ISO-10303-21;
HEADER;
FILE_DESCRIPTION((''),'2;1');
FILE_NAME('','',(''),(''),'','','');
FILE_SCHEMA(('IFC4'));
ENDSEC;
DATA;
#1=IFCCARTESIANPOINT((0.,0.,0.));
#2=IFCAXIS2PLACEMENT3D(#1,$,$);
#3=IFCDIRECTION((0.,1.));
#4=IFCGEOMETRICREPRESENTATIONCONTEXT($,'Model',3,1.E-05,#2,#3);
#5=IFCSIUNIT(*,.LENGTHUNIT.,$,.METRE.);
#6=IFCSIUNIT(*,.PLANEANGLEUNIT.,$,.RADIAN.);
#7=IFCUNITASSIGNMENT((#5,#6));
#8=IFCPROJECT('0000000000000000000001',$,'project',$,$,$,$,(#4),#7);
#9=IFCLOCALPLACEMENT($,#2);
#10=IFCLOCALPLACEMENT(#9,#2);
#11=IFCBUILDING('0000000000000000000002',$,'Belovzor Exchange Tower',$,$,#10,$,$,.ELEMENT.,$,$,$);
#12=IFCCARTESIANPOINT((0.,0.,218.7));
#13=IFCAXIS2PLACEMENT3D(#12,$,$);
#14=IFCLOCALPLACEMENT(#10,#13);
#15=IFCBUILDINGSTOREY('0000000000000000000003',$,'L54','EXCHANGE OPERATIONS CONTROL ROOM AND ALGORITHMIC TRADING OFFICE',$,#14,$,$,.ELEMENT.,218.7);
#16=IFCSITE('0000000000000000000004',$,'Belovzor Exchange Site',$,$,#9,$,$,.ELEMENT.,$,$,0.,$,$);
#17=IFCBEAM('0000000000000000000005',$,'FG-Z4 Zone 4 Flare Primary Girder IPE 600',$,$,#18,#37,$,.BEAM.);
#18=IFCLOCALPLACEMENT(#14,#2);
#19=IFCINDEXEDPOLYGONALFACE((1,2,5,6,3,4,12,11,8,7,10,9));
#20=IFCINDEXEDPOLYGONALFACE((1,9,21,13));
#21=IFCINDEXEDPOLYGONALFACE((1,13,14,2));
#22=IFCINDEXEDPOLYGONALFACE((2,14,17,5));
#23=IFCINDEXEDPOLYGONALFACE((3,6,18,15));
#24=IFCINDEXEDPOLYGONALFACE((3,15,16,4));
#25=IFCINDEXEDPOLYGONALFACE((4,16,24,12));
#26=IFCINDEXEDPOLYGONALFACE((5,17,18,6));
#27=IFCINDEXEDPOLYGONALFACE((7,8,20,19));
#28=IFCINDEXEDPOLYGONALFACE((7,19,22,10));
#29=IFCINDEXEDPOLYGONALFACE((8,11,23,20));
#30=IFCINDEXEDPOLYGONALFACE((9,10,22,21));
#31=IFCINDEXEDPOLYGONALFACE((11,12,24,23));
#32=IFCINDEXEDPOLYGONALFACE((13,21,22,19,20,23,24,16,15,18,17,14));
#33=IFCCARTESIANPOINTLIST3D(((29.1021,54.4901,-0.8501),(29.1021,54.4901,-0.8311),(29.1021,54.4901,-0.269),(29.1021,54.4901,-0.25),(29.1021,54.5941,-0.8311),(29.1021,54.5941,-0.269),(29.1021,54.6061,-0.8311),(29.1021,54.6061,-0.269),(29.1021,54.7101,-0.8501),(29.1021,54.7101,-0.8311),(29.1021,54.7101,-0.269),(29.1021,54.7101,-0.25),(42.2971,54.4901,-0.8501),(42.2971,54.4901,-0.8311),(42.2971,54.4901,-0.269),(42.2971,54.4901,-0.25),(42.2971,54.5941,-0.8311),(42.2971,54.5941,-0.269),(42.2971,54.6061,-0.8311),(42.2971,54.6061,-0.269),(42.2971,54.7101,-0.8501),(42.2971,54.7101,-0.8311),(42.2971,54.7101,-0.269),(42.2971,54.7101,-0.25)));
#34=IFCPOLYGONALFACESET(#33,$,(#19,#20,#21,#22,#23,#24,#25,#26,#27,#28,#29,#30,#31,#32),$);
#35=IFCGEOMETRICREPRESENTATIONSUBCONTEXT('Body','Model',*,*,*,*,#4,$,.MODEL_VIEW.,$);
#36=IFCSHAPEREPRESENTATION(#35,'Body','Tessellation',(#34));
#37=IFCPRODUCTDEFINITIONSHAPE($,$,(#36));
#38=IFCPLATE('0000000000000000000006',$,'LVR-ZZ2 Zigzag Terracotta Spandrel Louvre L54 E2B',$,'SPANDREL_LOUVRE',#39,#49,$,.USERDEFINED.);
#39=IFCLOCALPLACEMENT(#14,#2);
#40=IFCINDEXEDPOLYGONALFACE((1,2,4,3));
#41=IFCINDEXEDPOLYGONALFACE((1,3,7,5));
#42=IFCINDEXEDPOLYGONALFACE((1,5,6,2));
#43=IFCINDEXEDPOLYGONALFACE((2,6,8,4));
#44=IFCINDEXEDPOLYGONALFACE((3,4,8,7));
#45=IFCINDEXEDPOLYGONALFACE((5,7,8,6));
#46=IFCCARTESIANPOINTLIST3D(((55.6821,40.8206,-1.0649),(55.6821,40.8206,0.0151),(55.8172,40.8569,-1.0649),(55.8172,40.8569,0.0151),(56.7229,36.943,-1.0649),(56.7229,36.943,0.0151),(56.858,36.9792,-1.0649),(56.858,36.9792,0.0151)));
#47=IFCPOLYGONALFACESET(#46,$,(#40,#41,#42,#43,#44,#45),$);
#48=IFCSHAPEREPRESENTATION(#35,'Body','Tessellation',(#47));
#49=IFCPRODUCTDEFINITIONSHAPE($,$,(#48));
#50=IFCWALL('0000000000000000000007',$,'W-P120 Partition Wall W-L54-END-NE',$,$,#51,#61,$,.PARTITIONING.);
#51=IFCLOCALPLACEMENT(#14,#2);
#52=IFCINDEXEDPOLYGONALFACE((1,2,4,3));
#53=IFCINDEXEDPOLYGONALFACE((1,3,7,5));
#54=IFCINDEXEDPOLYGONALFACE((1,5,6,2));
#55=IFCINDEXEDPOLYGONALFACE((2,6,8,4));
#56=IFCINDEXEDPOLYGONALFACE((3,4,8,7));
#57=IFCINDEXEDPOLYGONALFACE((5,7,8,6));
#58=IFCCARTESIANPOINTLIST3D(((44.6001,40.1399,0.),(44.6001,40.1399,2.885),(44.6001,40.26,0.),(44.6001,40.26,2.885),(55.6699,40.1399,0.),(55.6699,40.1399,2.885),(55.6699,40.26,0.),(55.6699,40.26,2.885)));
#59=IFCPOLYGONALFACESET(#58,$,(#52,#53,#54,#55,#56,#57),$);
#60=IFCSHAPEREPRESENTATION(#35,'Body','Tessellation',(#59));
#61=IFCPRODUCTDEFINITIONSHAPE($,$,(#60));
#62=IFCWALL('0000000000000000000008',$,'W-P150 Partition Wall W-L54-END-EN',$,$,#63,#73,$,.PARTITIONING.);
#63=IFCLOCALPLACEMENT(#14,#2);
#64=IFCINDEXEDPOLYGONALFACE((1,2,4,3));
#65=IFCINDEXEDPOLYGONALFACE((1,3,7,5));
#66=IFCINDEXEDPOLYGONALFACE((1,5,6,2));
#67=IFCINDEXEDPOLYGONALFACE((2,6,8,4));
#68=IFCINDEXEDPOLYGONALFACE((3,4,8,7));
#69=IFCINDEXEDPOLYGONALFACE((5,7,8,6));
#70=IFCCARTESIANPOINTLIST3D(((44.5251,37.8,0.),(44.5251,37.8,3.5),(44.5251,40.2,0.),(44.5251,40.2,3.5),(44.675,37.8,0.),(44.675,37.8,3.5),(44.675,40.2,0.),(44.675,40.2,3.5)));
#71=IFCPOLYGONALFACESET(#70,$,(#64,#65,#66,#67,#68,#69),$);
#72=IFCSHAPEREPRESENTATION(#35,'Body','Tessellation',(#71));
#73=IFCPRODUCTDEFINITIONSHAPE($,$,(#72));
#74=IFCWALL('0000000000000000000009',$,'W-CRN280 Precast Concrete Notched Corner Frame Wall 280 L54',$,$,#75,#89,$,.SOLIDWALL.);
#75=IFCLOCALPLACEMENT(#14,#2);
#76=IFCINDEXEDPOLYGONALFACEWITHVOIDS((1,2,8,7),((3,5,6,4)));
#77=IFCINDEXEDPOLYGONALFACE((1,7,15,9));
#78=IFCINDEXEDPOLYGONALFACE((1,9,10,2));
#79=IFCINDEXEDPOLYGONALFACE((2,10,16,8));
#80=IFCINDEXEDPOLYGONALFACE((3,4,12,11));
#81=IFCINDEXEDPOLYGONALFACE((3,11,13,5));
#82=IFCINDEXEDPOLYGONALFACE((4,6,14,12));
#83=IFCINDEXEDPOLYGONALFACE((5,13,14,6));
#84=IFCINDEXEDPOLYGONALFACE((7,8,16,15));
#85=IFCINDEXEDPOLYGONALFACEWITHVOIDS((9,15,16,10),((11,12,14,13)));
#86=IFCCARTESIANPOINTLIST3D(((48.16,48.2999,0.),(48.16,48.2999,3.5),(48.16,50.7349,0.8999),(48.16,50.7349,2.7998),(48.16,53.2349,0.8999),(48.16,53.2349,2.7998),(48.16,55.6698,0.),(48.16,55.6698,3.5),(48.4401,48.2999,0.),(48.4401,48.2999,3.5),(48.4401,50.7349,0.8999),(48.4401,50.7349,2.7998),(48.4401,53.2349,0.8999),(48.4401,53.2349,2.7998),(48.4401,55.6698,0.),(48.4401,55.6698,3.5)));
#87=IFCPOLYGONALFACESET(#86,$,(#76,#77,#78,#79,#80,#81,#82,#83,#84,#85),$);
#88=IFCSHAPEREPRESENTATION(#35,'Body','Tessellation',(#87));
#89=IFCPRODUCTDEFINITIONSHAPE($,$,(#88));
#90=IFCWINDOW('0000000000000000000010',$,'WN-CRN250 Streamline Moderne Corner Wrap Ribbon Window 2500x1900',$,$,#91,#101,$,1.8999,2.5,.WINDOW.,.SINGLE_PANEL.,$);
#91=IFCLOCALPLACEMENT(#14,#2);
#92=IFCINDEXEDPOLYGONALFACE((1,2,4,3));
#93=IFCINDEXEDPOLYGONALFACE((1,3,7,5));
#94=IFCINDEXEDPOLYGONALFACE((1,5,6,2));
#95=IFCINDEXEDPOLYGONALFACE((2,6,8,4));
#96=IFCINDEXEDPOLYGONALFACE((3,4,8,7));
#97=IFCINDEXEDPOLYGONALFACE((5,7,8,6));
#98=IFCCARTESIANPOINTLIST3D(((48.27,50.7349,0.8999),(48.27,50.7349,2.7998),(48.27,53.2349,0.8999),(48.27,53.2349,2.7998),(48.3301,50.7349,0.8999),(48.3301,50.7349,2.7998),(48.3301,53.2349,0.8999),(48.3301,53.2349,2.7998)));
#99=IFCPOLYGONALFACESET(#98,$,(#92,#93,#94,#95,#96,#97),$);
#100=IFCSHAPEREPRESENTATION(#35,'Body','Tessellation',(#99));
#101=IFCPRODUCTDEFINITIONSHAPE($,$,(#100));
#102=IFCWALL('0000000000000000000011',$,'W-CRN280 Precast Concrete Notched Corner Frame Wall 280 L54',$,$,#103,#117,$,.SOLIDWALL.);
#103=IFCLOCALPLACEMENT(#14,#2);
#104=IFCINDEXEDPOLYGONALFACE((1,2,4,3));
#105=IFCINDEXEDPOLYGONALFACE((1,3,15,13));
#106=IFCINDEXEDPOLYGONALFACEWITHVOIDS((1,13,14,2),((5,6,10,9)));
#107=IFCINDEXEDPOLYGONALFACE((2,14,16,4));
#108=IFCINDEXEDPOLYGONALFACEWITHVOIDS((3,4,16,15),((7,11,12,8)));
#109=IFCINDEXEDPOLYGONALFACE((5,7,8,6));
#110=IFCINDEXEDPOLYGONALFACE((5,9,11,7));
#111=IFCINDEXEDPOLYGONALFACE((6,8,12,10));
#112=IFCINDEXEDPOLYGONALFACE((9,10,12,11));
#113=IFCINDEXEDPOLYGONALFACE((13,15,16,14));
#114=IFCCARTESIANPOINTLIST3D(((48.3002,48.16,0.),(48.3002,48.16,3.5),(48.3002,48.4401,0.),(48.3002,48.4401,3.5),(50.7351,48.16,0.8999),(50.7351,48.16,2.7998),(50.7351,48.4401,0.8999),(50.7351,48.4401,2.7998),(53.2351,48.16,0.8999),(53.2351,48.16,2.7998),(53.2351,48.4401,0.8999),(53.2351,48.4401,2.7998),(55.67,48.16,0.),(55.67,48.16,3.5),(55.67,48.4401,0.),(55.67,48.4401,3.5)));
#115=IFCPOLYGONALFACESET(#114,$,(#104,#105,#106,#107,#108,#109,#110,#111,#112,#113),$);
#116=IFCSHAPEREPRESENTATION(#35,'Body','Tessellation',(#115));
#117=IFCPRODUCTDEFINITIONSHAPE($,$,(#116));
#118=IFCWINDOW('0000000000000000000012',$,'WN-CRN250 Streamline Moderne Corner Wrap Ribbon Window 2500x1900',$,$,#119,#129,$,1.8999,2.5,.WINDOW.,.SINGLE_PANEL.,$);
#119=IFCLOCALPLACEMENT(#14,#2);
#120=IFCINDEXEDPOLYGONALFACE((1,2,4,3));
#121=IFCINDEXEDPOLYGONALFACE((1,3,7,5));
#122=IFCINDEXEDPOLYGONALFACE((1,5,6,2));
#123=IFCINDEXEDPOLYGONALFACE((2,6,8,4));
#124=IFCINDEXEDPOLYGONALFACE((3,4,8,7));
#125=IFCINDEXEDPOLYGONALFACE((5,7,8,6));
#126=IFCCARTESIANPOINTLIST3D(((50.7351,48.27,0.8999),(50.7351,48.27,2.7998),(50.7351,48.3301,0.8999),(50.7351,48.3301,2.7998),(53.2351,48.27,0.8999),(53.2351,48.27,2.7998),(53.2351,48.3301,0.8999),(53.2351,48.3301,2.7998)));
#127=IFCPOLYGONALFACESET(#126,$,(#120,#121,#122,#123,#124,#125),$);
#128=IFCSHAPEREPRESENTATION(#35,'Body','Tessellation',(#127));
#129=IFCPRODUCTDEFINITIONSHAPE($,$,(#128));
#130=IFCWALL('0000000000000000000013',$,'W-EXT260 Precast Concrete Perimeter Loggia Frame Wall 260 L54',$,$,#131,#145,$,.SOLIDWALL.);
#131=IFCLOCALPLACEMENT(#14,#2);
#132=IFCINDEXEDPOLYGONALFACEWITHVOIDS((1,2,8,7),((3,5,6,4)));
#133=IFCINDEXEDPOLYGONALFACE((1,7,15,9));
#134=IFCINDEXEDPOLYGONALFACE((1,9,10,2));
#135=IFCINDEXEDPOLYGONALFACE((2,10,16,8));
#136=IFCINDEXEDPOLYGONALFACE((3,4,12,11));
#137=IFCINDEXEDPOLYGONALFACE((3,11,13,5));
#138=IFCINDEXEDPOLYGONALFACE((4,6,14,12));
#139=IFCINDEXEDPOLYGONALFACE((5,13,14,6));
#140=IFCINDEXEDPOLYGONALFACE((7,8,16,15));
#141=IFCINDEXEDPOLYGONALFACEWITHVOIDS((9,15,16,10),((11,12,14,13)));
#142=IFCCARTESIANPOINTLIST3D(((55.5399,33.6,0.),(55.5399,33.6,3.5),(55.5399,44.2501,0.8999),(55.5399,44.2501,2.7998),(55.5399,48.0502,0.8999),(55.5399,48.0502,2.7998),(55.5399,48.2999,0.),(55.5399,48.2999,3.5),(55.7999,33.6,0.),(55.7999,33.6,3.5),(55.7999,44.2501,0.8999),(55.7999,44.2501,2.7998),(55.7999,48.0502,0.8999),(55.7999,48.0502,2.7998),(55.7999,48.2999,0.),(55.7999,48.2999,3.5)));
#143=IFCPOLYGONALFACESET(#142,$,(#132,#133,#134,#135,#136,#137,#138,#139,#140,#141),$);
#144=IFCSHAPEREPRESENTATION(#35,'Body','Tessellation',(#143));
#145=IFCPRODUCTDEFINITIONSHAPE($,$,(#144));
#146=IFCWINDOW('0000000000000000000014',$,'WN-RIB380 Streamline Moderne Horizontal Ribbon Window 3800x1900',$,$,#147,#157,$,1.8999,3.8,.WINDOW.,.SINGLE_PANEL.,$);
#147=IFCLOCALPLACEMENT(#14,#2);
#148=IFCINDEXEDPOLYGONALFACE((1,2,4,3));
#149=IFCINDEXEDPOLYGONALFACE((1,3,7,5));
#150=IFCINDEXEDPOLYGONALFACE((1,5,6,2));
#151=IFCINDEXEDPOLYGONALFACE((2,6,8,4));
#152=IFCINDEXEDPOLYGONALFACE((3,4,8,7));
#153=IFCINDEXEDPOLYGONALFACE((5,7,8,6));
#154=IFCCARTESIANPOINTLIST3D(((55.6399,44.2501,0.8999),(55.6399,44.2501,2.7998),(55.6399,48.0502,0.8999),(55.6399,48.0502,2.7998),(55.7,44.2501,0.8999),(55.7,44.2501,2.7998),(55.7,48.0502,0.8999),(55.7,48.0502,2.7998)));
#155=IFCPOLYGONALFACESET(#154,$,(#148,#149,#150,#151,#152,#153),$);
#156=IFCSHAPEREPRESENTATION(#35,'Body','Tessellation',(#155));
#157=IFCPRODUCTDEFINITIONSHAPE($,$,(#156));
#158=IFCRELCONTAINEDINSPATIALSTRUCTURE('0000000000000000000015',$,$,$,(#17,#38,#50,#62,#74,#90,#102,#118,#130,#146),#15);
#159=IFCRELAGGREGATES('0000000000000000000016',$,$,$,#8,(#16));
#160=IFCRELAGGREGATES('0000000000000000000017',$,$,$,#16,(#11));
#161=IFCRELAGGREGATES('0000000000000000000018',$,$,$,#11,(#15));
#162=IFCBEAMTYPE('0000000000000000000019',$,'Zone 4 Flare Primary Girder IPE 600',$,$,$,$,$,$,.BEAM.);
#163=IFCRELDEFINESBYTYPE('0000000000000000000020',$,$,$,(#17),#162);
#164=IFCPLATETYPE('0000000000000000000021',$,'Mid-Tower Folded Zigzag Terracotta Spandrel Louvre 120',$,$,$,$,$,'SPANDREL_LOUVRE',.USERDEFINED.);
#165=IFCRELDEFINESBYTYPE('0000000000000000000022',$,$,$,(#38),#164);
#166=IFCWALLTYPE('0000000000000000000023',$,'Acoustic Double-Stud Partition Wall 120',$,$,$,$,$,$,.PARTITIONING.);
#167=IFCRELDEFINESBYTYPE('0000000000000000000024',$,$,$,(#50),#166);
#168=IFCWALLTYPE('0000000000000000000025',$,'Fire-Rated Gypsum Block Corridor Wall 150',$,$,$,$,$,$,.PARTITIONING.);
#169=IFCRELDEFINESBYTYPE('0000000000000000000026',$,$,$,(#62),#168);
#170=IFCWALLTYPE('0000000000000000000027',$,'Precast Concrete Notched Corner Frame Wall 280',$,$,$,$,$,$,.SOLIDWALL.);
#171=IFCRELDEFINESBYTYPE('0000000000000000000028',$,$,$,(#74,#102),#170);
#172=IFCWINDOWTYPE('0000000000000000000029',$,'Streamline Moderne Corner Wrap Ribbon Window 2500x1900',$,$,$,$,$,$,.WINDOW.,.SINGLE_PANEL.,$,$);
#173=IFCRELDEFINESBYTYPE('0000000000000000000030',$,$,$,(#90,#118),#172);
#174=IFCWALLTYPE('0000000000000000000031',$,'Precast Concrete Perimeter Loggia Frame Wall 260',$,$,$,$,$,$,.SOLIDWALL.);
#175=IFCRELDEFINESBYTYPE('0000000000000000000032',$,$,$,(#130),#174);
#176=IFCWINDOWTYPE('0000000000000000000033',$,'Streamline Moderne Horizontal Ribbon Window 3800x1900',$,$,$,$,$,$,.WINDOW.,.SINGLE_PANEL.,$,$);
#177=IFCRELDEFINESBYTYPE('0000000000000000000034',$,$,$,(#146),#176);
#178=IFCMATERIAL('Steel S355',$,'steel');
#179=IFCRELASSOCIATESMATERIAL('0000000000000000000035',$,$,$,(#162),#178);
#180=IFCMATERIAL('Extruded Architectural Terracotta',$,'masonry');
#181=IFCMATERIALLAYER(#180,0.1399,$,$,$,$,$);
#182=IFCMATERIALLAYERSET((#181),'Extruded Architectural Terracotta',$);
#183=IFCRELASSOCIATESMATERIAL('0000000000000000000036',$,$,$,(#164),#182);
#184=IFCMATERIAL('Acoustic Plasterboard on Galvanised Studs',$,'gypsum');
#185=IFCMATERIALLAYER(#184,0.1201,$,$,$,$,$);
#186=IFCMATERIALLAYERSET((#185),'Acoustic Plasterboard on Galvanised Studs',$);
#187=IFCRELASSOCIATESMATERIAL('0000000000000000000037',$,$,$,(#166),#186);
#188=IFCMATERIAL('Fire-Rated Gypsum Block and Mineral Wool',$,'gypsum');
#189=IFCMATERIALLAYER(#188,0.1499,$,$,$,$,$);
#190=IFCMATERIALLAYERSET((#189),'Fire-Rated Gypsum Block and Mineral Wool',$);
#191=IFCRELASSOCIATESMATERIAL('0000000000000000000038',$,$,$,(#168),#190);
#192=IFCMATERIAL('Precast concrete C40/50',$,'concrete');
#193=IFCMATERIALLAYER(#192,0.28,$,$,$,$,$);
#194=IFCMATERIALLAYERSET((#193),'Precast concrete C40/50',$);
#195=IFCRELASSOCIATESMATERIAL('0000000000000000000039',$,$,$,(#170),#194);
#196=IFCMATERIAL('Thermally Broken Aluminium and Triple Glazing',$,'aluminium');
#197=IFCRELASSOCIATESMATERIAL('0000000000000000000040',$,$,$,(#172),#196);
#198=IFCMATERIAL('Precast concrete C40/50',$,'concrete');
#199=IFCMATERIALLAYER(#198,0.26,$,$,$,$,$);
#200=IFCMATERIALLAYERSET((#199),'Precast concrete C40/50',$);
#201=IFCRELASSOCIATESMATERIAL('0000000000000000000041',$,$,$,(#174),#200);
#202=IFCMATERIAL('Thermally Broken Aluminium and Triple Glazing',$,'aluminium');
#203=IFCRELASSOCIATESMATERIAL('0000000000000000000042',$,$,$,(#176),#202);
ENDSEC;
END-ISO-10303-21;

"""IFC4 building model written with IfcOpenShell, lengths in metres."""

from ifc_helpers import new_model, si_unit, direction, frame, frame_2d, origin, origin_2d, place, context, subcontext, project, spatial, rectangle, i_section, extrude, material, layer, layer_set, material_profile, profile_set, type_object, element, fill, save


model = new_model("IFC4")

# Units and contexts
model_context = context("Model", 3, precision=1e-05, world=origin(), true_north=direction((0.0, 1.0)))
body_context = subcontext(model_context, "Body", "Model", "MODEL_VIEW")
ifc_project = project(units=[si_unit("LENGTHUNIT", "METRE"), si_unit("PLANEANGLEUNIT", "RADIAN")], contexts=[model_context])

# Site, building, storey
site_placement = place(None, origin())
site = spatial("IfcSite", under=ifc_project, at=site_placement, Name="Belovzor Exchange Site", CompositionType="ELEMENT", RefElevation=0.0)
building_placement = place(site_placement, origin())
building = spatial("IfcBuilding", under=site, at=building_placement, Name="Belovzor Exchange Tower", CompositionType="ELEMENT")
storey_placement = place(building_placement, frame((0.0, 0.0, 218.7)))
storey = spatial("IfcBuildingStorey", under=building, at=storey_placement, Name="L54", Description="EXCHANGE OPERATIONS CONTROL ROOM AND ALGORITHMIC TRADING OFFICE", CompositionType="ELEMENT", Elevation=218.7)

# Beam
ifc_material_1 = material(Name="Steel S355", Category="steel")
ifc_material_profile_1 = material_profile(ifc_material_1, i_section(OverallWidth=0.22, OverallDepth=0.6001, WebThickness=0.012, FlangeThickness=0.019, at=origin_2d()))
ifc_profile_set_1 = profile_set([ifc_material_profile_1], Name="Steel S355")
beam_type_1 = type_object("IfcBeamType", Name="Zone 4 Flare Primary Girder IPE 600", PredefinedType="BEAM", material=ifc_profile_set_1)
beam_1_placement = place(storey_placement, frame((42.2971, 54.6001, -0.55), z_axis=(-1.0, 0.0, 0.0), x_axis=(0.0, -1.0, 0.0)))
element("IfcBeam", 1, at=beam_1_placement, inside=storey, type_object=beam_type_1, Name="FG-Z4 Zone 4 Flare Primary Girder IPE 600", PredefinedType="BEAM", context=body_context, shape_type="SweptSolid", body=[
    extrude(i_section(OverallWidth=0.22, OverallDepth=0.6001, WebThickness=0.012, FlangeThickness=0.019, at=origin_2d()), origin(), (0.0, 0.0, 1.0), 13.1951),
])

# Plate
ifc_material_2 = material(Name="Extruded Architectural Terracotta", Category="masonry")
ifc_layer_1 = layer(ifc_material_2, 0.1399)
ifc_layer_set_1 = layer_set([ifc_layer_1], Name="Extruded Architectural Terracotta")
plate_type = type_object("IfcPlateType", Name="Mid-Tower Folded Zigzag Terracotta Spandrel Louvre 120", ElementType="SPANDREL_LOUVRE", PredefinedType="USERDEFINED", material=ifc_layer_set_1)
plate_placement = place(storey_placement, frame((56.27, 38.8999, -1.0649), z_axis=(0.0, 0.0, 1.0), x_axis=(-0.25924, 0.965813, 0.0)))
element("IfcPlate", 2, at=plate_placement, inside=storey, type_object=plate_type, Name="LVR-ZZ2 Zigzag Terracotta Spandrel Louvre L54 E2B", ObjectType="SPANDREL_LOUVRE", PredefinedType="USERDEFINED", context=body_context, shape_type="SweptSolid", body=[
    extrude(rectangle(XDim=4.0149, YDim=0.1399, at=origin_2d()), origin(), (0.0, 0.0, 1.0), 1.0801),
])

# Walls
ifc_material_3 = material(Name="Acoustic Plasterboard on Galvanised Studs", Category="gypsum")
ifc_layer_2 = layer(ifc_material_3, 0.1201)
ifc_layer_set_2 = layer_set([ifc_layer_2], Name="Acoustic Plasterboard on Galvanised Studs")
wall_type_1 = type_object("IfcWallType", Name="Acoustic Double-Stud Partition Wall 120", PredefinedType="PARTITIONING", material=ifc_layer_set_2)
wall_1_placement = place(storey_placement, frame((44.6001, 40.2, 0.0), z_axis=(0.0, 0.0, 1.0), x_axis=(1.0, 0.0, 0.0)))
element("IfcWall", 3, at=wall_1_placement, inside=storey, type_object=wall_type_1, Name="W-P120 Partition Wall W-L54-END-NE", PredefinedType="PARTITIONING", context=body_context, shape_type="SweptSolid", body=[
    extrude(rectangle(XDim=11.0698, YDim=0.1201, at=frame_2d((5.5349, 0.0))), origin(), (0.0, 0.0, 1.0), 2.885),
])
ifc_material_4 = material(Name="Fire-Rated Gypsum Block and Mineral Wool", Category="gypsum")
ifc_layer_3 = layer(ifc_material_4, 0.1499)
ifc_layer_set_3 = layer_set([ifc_layer_3], Name="Fire-Rated Gypsum Block and Mineral Wool")
wall_type_2 = type_object("IfcWallType", Name="Fire-Rated Gypsum Block Corridor Wall 150", PredefinedType="PARTITIONING", material=ifc_layer_set_3)
wall_2_placement = place(storey_placement, frame((44.6001, 37.8, 0.0), z_axis=(0.0, 0.0, 1.0), x_axis=(0.0, 1.0, 0.0)))
element("IfcWall", 4, at=wall_2_placement, inside=storey, type_object=wall_type_2, Name="W-P150 Partition Wall W-L54-END-EN", PredefinedType="PARTITIONING", context=body_context, shape_type="SweptSolid", body=[
    extrude(rectangle(XDim=2.3999, YDim=0.1499, at=frame_2d((1.2, 0.0))), origin(), (0.0, 0.0, 1.0), 3.5),
])

# Walls, openings, windows
ifc_material_5 = material(Name="Precast concrete C40/50", Category="concrete")
ifc_layer_4 = layer(ifc_material_5, 0.28)
ifc_layer_set_4 = layer_set([ifc_layer_4], Name="Precast concrete C40/50")
wall_type_3 = type_object("IfcWallType", Name="Precast Concrete Notched Corner Frame Wall 280", PredefinedType="SOLIDWALL", material=ifc_layer_set_4)
wall_3_placement = place(storey_placement, frame((48.3, 55.6699, 0.0), z_axis=(0.0, 0.0, 1.0), x_axis=(0.0, -1.0, 0.0)))
wall_3 = element("IfcWall", 5, at=wall_3_placement, inside=storey, type_object=wall_type_3, Name="W-CRN280 Precast Concrete Notched Corner Frame Wall 280 L54", PredefinedType="SOLIDWALL", context=body_context, shape_type="SweptSolid", body=[
    extrude(rectangle(XDim=7.3699, YDim=0.28, at=frame_2d((3.6851, 0.0))), origin(), (0.0, 0.0, 1.0), 3.5),
])
opening_1_placement = place(wall_3_placement, frame((2.4351, 0.0, 0.8999)))
opening_1 = element("IfcOpeningElement", 6, at=opening_1_placement, cuts=wall_3, PredefinedType="OPENING", context=body_context, shape_type="SweptSolid", body=[
    extrude(rectangle(XDim=2.5, YDim=1.8999, at=frame_2d((1.25, 0.95))), frame((0.0, 0.1499, 0.0), z_axis=(0.0, -1.0, 0.0), x_axis=(1.0, 0.0, 0.0)), (0.0, 0.0, 1.0), 0.3),
])
ifc_material_6 = material(Name="Thermally Broken Aluminium and Triple Glazing", Category="aluminium")
window_type_1 = type_object("IfcWindowType", Name="Streamline Moderne Corner Wrap Ribbon Window 2500x1900", PartitioningType="SINGLE_PANEL", PredefinedType="WINDOW", material=ifc_material_6)
window_1_placement = place(opening_1_placement, origin())
window_1 = element("IfcWindow", 7, at=window_1_placement, inside=storey, type_object=window_type_1, Name="WN-CRN250 Streamline Moderne Corner Wrap Ribbon Window 2500x1900", OverallHeight=1.8999, OverallWidth=2.5, PartitioningType="SINGLE_PANEL", PredefinedType="WINDOW", context=body_context, shape_type="SweptSolid", body=[
    extrude(rectangle(XDim=2.5, YDim=1.8999, at=frame_2d((1.25, 0.95))), frame((0.0, 0.03, 0.0), z_axis=(0.0, -1.0, 0.0), x_axis=(1.0, 0.0, 0.0)), (0.0, 0.0, 1.0), 0.0601),
])
fill(opening_1, window_1)
wall_4_placement = place(storey_placement, frame((48.3, 48.3, 0.0), z_axis=(0.0, 0.0, 1.0), x_axis=(1.0, 0.0, 0.0)))
wall_4 = element("IfcWall", 8, at=wall_4_placement, inside=storey, type_object=wall_type_3, Name="W-CRN280 Precast Concrete Notched Corner Frame Wall 280 L54", PredefinedType="SOLIDWALL", context=body_context, shape_type="SweptSolid", body=[
    extrude(rectangle(XDim=7.3699, YDim=0.28, at=frame_2d((3.6851, 0.0))), origin(), (0.0, 0.0, 1.0), 3.5),
])
opening_2_placement = place(wall_4_placement, frame((2.4351, 0.0, 0.8999)))
opening_2 = element("IfcOpeningElement", 9, at=opening_2_placement, cuts=wall_4, PredefinedType="OPENING", context=body_context, shape_type="SweptSolid", body=[
    extrude(rectangle(XDim=2.5, YDim=1.8999, at=frame_2d((1.25, 0.95))), frame((0.0, 0.1499, 0.0), z_axis=(0.0, -1.0, 0.0), x_axis=(1.0, 0.0, 0.0)), (0.0, 0.0, 1.0), 0.3),
])
window_2_placement = place(opening_2_placement, origin())
window_2 = element("IfcWindow", 10, at=window_2_placement, inside=storey, type_object=window_type_1, Name="WN-CRN250 Streamline Moderne Corner Wrap Ribbon Window 2500x1900", OverallHeight=1.8999, OverallWidth=2.5, PartitioningType="SINGLE_PANEL", PredefinedType="WINDOW", context=body_context, shape_type="SweptSolid", body=[
    extrude(rectangle(XDim=2.5, YDim=1.8999, at=frame_2d((1.25, 0.95))), frame((0.0, 0.03, 0.0), z_axis=(0.0, -1.0, 0.0), x_axis=(1.0, 0.0, 0.0)), (0.0, 0.0, 1.0), 0.0601),
])
fill(opening_2, window_2)
ifc_material_7 = material(Name="Precast concrete C40/50", Category="concrete")
ifc_layer_5 = layer(ifc_material_7, 0.26)
ifc_layer_set_5 = layer_set([ifc_layer_5], Name="Precast concrete C40/50")
wall_type_4 = type_object("IfcWallType", Name="Precast Concrete Perimeter Loggia Frame Wall 260", PredefinedType="SOLIDWALL", material=ifc_layer_set_5)
wall_5_placement = place(storey_placement, frame((55.6699, 48.3, 0.0), z_axis=(0.0, 0.0, 1.0), x_axis=(0.0, -1.0, 0.0)))
wall_5 = element("IfcWall", 11, at=wall_5_placement, inside=storey, type_object=wall_type_4, Name="W-EXT260 Precast Concrete Perimeter Loggia Frame Wall 260 L54", PredefinedType="SOLIDWALL", context=body_context, shape_type="SweptSolid", body=[
    extrude(rectangle(XDim=14.7, YDim=0.26, at=frame_2d((7.3501, 0.0))), origin(), (0.0, 0.0, 1.0), 3.5),
])
opening_3_placement = place(wall_5_placement, frame((0.25, 0.0, 0.8999)))
opening_3 = element("IfcOpeningElement", 12, at=opening_3_placement, cuts=wall_5, PredefinedType="OPENING", context=body_context, shape_type="SweptSolid", body=[
    extrude(rectangle(XDim=3.8, YDim=1.8999, at=frame_2d((1.8999, 0.95))), frame((0.0, 0.1399, 0.0), z_axis=(0.0, -1.0, 0.0), x_axis=(1.0, 0.0, 0.0)), (0.0, 0.0, 1.0), 0.28),
])
ifc_material_8 = material(Name="Thermally Broken Aluminium and Triple Glazing", Category="aluminium")
window_type_2 = type_object("IfcWindowType", Name="Streamline Moderne Horizontal Ribbon Window 3800x1900", PartitioningType="SINGLE_PANEL", PredefinedType="WINDOW", material=ifc_material_8)
window_3_placement = place(opening_3_placement, origin())
window_3 = element("IfcWindow", 13, at=window_3_placement, inside=storey, type_object=window_type_2, Name="WN-RIB380 Streamline Moderne Horizontal Ribbon Window 3800x1900", OverallHeight=1.8999, OverallWidth=3.8, PartitioningType="SINGLE_PANEL", PredefinedType="WINDOW", context=body_context, shape_type="SweptSolid", body=[
    extrude(rectangle(XDim=3.8, YDim=1.8999, at=frame_2d((1.8999, 0.95))), frame((0.0, 0.03, 0.0), z_axis=(0.0, -1.0, 0.0), x_axis=(1.0, 0.0, 0.0)), (0.0, 0.0, 1.0), 0.0601),
])
fill(opening_3, window_3)

save(model, "model.ifc")
